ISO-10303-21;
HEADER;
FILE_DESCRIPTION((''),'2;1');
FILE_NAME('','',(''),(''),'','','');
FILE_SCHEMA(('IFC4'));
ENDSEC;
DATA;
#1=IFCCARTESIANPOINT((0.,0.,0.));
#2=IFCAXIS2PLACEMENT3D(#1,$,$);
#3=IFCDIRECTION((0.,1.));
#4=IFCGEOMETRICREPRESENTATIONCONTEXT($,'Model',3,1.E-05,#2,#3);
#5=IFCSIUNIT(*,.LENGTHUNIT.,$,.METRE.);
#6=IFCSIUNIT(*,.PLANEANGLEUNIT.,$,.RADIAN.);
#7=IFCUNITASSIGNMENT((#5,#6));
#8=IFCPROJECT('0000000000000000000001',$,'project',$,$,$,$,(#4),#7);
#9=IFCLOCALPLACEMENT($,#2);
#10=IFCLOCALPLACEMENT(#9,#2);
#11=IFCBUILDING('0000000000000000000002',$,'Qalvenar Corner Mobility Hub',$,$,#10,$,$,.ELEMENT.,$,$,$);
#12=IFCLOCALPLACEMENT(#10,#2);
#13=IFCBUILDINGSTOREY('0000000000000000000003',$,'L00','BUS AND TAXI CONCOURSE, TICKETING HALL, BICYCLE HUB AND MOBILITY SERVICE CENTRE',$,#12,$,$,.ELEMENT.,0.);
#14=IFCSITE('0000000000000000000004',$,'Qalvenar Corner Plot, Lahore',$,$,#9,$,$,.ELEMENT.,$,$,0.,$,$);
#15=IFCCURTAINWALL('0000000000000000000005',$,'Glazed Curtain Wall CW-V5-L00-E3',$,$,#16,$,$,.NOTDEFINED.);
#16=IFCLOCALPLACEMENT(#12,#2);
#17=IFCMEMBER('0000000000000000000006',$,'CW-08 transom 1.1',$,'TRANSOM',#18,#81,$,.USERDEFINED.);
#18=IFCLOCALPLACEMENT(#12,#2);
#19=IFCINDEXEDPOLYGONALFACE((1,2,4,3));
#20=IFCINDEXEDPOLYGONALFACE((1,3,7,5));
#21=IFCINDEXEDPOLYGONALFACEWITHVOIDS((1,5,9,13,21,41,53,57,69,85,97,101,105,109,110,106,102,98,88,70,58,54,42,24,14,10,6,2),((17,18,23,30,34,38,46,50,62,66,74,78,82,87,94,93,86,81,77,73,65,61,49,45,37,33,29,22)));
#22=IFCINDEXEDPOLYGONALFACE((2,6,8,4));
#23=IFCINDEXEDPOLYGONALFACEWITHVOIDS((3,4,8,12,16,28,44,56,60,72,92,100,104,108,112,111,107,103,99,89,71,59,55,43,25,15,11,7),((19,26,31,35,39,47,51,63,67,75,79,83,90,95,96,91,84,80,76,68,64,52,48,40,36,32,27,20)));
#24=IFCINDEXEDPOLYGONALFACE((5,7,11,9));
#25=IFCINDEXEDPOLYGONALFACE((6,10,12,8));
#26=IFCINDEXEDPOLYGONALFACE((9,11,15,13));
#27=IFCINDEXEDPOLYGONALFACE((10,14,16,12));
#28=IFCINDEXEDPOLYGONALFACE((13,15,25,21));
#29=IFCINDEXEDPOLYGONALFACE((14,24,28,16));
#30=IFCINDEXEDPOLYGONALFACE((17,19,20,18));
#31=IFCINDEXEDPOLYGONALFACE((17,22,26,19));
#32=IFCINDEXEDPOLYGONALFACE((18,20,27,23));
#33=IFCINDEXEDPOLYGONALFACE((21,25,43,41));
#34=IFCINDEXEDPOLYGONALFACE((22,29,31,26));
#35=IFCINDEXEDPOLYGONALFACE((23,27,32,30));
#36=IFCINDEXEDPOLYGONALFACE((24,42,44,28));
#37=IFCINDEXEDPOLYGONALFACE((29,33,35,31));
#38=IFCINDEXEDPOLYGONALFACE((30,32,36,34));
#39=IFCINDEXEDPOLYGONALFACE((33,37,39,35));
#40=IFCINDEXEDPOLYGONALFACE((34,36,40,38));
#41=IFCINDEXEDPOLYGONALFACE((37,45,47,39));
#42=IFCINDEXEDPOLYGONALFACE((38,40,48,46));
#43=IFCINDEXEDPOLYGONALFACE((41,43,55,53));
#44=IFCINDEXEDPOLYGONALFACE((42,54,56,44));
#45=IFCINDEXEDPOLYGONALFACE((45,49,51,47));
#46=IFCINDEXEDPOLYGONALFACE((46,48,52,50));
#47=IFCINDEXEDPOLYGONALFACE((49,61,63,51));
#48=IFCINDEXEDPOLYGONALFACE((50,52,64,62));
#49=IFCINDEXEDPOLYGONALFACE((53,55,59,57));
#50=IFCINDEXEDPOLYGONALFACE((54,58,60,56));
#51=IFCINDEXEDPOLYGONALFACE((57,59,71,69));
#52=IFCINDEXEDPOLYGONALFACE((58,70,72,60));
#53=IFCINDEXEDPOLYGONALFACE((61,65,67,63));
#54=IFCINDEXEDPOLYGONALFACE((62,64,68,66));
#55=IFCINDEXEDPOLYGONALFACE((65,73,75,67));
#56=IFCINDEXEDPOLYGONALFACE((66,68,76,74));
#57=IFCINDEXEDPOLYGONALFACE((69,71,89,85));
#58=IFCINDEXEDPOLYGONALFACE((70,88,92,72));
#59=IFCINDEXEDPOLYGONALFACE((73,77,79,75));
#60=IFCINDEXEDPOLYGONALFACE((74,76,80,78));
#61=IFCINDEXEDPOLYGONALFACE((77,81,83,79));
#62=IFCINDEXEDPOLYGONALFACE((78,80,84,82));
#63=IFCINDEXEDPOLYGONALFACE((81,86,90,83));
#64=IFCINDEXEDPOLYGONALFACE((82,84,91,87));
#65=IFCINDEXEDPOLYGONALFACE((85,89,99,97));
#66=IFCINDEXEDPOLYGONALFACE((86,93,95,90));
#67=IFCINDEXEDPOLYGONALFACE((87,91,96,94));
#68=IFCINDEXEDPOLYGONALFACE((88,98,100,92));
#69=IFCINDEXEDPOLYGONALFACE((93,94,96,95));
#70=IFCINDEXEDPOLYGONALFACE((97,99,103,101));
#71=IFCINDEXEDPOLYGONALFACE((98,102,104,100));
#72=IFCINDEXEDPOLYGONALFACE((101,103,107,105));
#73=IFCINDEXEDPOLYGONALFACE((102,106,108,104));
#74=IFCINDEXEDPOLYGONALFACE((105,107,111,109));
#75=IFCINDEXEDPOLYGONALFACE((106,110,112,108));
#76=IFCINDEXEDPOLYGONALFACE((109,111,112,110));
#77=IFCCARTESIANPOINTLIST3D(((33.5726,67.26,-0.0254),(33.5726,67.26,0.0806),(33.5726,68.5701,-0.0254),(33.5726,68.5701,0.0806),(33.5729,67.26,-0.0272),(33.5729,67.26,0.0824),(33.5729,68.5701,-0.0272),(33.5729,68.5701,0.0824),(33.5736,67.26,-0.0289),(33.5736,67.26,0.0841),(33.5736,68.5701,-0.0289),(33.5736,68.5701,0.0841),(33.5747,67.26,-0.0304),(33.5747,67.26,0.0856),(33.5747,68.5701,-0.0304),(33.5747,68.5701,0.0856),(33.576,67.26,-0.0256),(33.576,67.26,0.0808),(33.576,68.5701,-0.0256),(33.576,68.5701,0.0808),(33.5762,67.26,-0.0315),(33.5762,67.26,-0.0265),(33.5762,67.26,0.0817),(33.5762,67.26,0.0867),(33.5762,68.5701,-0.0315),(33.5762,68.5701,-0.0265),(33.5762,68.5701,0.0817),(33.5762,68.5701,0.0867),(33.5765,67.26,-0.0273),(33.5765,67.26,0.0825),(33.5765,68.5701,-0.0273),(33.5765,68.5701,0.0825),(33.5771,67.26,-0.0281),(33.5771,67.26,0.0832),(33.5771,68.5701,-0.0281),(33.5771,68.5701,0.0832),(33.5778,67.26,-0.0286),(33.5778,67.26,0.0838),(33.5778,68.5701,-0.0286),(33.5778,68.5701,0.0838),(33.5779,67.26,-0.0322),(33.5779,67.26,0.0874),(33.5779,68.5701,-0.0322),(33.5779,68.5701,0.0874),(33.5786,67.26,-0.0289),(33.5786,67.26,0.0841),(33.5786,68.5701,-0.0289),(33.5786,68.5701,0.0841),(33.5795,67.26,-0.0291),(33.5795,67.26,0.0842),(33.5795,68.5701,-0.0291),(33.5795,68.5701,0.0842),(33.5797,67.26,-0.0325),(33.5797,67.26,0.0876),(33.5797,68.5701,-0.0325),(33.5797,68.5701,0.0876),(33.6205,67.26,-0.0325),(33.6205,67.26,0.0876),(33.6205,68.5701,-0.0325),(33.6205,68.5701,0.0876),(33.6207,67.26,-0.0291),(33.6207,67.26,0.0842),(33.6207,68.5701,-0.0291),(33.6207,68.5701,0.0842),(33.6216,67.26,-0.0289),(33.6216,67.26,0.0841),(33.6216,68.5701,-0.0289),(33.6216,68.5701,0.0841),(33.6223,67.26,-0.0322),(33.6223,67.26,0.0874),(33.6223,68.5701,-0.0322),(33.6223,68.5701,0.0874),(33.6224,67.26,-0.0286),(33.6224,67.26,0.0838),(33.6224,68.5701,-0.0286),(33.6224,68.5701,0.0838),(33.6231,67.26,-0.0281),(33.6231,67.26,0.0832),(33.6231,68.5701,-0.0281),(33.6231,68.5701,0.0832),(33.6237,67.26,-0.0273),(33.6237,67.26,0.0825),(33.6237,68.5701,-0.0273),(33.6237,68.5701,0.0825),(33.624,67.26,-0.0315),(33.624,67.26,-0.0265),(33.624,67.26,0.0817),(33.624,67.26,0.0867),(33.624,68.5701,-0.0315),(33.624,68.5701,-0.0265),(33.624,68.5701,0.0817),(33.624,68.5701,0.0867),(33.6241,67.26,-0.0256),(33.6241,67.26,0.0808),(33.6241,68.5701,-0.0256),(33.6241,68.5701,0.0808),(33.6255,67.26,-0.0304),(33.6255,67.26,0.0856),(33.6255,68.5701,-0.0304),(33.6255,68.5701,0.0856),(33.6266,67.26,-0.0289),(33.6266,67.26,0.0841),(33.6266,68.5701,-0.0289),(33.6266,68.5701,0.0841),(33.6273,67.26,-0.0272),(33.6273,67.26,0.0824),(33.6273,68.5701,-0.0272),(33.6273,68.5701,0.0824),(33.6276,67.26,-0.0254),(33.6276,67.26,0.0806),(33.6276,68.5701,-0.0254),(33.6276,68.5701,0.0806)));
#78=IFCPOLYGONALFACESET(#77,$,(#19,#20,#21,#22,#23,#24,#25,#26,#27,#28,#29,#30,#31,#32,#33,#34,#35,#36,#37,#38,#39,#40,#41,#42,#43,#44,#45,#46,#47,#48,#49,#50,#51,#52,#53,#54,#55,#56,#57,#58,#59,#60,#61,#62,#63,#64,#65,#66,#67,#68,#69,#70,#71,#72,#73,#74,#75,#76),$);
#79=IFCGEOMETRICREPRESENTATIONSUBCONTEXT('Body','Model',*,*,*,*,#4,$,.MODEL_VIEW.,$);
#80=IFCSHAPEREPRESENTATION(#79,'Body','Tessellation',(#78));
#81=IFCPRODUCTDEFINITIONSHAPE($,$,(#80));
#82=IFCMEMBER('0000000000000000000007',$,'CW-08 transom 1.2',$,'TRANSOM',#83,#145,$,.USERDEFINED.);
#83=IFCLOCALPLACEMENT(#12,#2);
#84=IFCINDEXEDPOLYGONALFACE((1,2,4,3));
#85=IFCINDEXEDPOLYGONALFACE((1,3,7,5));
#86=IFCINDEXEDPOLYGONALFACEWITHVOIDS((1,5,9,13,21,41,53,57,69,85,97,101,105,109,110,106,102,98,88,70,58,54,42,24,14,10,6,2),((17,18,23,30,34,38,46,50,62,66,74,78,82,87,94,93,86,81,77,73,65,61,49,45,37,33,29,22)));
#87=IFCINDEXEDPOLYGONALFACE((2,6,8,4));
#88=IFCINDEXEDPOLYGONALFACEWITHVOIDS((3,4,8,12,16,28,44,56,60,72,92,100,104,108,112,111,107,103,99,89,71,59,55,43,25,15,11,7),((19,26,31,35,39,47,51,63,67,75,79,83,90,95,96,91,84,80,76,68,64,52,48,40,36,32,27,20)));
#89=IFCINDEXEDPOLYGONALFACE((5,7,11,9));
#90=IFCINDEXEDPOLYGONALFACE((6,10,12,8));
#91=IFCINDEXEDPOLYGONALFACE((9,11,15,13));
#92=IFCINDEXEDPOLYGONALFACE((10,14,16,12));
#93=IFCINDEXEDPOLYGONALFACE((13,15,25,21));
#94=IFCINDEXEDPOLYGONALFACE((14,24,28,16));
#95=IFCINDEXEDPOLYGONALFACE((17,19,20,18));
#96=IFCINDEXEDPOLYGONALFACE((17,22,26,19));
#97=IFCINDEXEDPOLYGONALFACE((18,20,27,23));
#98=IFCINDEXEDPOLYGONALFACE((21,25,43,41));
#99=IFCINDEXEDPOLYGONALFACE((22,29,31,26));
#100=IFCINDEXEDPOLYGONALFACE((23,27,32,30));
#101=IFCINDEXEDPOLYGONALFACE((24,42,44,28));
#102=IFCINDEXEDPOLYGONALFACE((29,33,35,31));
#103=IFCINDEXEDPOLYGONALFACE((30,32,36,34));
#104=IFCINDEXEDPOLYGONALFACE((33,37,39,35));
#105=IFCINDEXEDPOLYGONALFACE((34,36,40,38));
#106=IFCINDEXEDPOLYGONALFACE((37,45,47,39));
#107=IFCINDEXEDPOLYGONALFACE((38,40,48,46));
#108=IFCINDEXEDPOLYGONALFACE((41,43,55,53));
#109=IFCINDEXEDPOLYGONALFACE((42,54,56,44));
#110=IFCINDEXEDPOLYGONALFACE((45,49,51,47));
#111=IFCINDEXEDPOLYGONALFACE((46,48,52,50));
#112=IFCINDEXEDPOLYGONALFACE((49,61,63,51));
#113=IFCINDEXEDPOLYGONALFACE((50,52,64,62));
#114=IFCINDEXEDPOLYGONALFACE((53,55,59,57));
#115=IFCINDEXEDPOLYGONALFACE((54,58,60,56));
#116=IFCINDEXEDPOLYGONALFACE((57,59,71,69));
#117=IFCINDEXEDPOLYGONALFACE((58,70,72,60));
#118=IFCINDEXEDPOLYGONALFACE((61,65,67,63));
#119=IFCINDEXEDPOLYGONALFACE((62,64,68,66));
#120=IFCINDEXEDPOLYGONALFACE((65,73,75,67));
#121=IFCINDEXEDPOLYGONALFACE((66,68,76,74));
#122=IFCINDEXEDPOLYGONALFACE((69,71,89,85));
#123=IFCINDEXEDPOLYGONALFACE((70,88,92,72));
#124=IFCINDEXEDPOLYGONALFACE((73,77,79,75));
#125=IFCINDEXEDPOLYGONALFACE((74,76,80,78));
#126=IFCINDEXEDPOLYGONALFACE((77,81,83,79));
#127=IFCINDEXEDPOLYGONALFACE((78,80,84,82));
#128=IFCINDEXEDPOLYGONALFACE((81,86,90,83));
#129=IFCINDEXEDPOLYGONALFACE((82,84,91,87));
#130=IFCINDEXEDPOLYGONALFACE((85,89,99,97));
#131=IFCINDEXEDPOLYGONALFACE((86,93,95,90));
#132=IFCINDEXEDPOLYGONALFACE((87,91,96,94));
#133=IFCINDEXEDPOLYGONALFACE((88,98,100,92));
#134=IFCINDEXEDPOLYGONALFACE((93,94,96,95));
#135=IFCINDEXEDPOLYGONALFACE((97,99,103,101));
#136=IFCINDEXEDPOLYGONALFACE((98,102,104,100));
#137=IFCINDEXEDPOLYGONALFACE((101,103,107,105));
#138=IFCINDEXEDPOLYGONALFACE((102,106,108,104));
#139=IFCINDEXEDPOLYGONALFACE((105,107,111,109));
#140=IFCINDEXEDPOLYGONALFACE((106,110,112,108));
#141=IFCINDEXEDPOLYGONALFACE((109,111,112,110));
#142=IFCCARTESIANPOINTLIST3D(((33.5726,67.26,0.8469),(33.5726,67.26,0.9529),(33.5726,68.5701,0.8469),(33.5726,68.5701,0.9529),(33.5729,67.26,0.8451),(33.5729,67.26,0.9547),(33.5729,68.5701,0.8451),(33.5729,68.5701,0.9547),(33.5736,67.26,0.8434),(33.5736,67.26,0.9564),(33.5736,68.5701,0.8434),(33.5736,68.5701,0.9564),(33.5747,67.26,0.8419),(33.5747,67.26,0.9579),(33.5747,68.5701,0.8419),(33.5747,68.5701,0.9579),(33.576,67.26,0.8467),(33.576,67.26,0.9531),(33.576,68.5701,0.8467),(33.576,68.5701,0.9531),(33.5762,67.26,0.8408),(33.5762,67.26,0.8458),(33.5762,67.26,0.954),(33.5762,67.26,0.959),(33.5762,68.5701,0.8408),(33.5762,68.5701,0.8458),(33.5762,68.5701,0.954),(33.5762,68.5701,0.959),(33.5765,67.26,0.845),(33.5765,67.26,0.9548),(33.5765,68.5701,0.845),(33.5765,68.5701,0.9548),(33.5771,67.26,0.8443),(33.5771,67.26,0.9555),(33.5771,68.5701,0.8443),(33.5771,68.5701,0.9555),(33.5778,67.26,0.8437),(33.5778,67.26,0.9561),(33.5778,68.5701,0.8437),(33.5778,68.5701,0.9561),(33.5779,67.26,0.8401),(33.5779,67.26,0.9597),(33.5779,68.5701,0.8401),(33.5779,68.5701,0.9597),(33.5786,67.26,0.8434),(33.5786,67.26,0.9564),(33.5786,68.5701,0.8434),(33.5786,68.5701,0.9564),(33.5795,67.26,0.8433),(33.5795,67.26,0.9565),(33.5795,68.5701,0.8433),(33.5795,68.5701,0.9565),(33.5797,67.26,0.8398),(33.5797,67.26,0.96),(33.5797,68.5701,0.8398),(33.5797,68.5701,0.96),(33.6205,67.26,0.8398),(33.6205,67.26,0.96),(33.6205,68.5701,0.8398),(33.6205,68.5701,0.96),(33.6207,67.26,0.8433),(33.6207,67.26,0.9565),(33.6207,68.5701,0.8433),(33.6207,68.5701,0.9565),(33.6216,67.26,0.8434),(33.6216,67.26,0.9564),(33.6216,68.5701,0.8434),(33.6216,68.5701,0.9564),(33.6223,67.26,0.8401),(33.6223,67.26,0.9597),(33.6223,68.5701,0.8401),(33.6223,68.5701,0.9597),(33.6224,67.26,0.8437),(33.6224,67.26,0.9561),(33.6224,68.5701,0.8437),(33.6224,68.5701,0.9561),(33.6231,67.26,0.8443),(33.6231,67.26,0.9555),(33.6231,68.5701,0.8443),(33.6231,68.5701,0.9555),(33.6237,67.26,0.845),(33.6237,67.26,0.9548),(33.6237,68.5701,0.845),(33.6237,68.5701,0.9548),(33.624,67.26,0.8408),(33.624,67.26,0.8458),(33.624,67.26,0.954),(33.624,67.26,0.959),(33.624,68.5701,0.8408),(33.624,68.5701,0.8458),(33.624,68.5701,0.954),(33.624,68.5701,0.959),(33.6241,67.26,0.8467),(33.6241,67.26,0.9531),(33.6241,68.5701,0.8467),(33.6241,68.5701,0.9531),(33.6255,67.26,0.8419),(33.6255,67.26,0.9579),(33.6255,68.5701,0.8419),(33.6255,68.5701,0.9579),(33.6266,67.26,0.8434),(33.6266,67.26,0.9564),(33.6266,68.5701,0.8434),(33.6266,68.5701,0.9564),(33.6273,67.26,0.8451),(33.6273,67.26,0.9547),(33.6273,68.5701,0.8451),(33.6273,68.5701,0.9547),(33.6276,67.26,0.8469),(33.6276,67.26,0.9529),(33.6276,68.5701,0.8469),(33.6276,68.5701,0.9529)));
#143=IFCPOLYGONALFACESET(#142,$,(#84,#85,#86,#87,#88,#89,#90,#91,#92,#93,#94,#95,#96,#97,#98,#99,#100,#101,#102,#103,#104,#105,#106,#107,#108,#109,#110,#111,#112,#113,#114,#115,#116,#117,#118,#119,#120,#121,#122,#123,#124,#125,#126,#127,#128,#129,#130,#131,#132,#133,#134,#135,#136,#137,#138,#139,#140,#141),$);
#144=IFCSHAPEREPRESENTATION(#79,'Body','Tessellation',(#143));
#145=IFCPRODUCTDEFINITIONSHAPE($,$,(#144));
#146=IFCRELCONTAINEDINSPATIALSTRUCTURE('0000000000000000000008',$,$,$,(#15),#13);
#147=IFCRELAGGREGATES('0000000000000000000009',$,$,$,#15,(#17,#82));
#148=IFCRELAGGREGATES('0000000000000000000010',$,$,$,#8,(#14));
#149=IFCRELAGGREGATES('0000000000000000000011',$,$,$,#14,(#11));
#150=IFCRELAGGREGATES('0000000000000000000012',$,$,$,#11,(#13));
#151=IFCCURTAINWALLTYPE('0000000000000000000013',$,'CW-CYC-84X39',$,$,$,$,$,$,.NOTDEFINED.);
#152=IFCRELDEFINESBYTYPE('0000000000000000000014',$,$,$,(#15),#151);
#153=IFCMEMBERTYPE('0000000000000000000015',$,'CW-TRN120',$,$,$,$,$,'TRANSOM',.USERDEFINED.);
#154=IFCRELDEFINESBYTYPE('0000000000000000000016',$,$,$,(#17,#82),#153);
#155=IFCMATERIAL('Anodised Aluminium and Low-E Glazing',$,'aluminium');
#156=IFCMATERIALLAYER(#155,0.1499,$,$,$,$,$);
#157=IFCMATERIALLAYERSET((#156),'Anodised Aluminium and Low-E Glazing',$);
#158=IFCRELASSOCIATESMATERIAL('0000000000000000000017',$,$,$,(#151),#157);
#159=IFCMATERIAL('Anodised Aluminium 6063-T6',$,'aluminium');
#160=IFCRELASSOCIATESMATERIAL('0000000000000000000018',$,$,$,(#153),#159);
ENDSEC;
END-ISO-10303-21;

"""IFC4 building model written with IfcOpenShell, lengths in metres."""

from ifc_helpers import new_model, si_unit, direction, frame, origin, origin_2d, place, context, subcontext, project, spatial, hollow_rectangle, extrude, material, layer, layer_set, material_profile, profile_set, type_object, element, aggregate, save


model = new_model("IFC4")

# Units and contexts
model_context = context("Model", 3, precision=1e-05, world=origin(), true_north=direction((0.0, 1.0)))
body_context = subcontext(model_context, "Body", "Model", "MODEL_VIEW")
ifc_project = project(units=[si_unit("LENGTHUNIT", "METRE"), si_unit("PLANEANGLEUNIT", "RADIAN")], contexts=[model_context])

# Site, building, storey
site_placement = place(None, origin())
site = spatial("IfcSite", under=ifc_project, at=site_placement, Name="Qalvenar Corner Plot, Lahore", CompositionType="ELEMENT", RefElevation=0.0)
building_placement = place(site_placement, origin())
building = spatial("IfcBuilding", under=site, at=building_placement, Name="Qalvenar Corner Mobility Hub", CompositionType="ELEMENT")
storey_placement = place(building_placement, origin())
storey = spatial("IfcBuildingStorey", under=building, at=storey_placement, Name="L00", Description="BUS AND TAXI CONCOURSE, TICKETING HALL, BICYCLE HUB AND MOBILITY SERVICE CENTRE", CompositionType="ELEMENT", Elevation=0.0)

# Curtain wall, members
ifc_material_1 = material(Name="Anodised Aluminium and Low-E Glazing", Category="aluminium")
ifc_layer_1 = layer(ifc_material_1, 0.1499)
ifc_layer_set_1 = layer_set([ifc_layer_1], Name="Anodised Aluminium and Low-E Glazing")
curtain_wall_type = type_object("IfcCurtainWallType", Name="CW-CYC-84X39", PredefinedType="NOTDEFINED", material=ifc_layer_set_1)
curtain_wall_placement = place(storey_placement, origin())
curtain_wall = element("IfcCurtainWall", 1, at=curtain_wall_placement, inside=storey, type_object=curtain_wall_type, Name="Glazed Curtain Wall CW-V5-L00-E3", PredefinedType="NOTDEFINED")
ifc_material_2 = material(Name="Anodised Aluminium 6063-T6", Category="aluminium")
ifc_material_profile_1 = material_profile(ifc_material_2, hollow_rectangle(XDim=0.0549, YDim=0.1201, WallThickness=0.0034, InnerFilletRadius=0.0034, OuterFilletRadius=0.0071, at=origin_2d()), Name="RHS120x55x3.5")
ifc_profile_set_1 = profile_set([ifc_material_profile_1], Name="Anodised Aluminium 6063-T6")
member_type_1 = type_object("IfcMemberType", Name="CW-TRN120", ElementType="TRANSOM", PredefinedType="USERDEFINED", material=ifc_profile_set_1)
member_1_placement = place(storey_placement, frame((33.6001, 67.26, 0.0276), z_axis=(0.0, 1.0, 0.0), x_axis=(-1.0, 0.0, 0.0)))
member_1 = element("IfcMember", 2, at=member_1_placement, type_object=member_type_1, Name="CW-08 transom 1.1", ObjectType="TRANSOM", PredefinedType="USERDEFINED", context=body_context, shape_type="SweptSolid", body=[
    extrude(hollow_rectangle(XDim=0.0549, YDim=0.1201, WallThickness=0.0034, InnerFilletRadius=0.0034, OuterFilletRadius=0.0071, at=origin_2d()), origin(), (0.0, 0.0, 1.0), 1.3101),
])
member_2_placement = place(storey_placement, frame((33.6001, 67.26, 0.8999), z_axis=(0.0, 1.0, 0.0), x_axis=(-1.0, 0.0, 0.0)))
member_2 = element("IfcMember", 3, at=member_2_placement, type_object=member_type_1, Name="CW-08 transom 1.2", ObjectType="TRANSOM", PredefinedType="USERDEFINED", context=body_context, shape_type="SweptSolid", body=[
    extrude(hollow_rectangle(XDim=0.0549, YDim=0.1201, WallThickness=0.0034, InnerFilletRadius=0.0034, OuterFilletRadius=0.0071, at=origin_2d()), origin(), (0.0, 0.0, 1.0), 1.3101),
])
aggregate(curtain_wall, [member_1, member_2])

save(model, "model.ifc")
